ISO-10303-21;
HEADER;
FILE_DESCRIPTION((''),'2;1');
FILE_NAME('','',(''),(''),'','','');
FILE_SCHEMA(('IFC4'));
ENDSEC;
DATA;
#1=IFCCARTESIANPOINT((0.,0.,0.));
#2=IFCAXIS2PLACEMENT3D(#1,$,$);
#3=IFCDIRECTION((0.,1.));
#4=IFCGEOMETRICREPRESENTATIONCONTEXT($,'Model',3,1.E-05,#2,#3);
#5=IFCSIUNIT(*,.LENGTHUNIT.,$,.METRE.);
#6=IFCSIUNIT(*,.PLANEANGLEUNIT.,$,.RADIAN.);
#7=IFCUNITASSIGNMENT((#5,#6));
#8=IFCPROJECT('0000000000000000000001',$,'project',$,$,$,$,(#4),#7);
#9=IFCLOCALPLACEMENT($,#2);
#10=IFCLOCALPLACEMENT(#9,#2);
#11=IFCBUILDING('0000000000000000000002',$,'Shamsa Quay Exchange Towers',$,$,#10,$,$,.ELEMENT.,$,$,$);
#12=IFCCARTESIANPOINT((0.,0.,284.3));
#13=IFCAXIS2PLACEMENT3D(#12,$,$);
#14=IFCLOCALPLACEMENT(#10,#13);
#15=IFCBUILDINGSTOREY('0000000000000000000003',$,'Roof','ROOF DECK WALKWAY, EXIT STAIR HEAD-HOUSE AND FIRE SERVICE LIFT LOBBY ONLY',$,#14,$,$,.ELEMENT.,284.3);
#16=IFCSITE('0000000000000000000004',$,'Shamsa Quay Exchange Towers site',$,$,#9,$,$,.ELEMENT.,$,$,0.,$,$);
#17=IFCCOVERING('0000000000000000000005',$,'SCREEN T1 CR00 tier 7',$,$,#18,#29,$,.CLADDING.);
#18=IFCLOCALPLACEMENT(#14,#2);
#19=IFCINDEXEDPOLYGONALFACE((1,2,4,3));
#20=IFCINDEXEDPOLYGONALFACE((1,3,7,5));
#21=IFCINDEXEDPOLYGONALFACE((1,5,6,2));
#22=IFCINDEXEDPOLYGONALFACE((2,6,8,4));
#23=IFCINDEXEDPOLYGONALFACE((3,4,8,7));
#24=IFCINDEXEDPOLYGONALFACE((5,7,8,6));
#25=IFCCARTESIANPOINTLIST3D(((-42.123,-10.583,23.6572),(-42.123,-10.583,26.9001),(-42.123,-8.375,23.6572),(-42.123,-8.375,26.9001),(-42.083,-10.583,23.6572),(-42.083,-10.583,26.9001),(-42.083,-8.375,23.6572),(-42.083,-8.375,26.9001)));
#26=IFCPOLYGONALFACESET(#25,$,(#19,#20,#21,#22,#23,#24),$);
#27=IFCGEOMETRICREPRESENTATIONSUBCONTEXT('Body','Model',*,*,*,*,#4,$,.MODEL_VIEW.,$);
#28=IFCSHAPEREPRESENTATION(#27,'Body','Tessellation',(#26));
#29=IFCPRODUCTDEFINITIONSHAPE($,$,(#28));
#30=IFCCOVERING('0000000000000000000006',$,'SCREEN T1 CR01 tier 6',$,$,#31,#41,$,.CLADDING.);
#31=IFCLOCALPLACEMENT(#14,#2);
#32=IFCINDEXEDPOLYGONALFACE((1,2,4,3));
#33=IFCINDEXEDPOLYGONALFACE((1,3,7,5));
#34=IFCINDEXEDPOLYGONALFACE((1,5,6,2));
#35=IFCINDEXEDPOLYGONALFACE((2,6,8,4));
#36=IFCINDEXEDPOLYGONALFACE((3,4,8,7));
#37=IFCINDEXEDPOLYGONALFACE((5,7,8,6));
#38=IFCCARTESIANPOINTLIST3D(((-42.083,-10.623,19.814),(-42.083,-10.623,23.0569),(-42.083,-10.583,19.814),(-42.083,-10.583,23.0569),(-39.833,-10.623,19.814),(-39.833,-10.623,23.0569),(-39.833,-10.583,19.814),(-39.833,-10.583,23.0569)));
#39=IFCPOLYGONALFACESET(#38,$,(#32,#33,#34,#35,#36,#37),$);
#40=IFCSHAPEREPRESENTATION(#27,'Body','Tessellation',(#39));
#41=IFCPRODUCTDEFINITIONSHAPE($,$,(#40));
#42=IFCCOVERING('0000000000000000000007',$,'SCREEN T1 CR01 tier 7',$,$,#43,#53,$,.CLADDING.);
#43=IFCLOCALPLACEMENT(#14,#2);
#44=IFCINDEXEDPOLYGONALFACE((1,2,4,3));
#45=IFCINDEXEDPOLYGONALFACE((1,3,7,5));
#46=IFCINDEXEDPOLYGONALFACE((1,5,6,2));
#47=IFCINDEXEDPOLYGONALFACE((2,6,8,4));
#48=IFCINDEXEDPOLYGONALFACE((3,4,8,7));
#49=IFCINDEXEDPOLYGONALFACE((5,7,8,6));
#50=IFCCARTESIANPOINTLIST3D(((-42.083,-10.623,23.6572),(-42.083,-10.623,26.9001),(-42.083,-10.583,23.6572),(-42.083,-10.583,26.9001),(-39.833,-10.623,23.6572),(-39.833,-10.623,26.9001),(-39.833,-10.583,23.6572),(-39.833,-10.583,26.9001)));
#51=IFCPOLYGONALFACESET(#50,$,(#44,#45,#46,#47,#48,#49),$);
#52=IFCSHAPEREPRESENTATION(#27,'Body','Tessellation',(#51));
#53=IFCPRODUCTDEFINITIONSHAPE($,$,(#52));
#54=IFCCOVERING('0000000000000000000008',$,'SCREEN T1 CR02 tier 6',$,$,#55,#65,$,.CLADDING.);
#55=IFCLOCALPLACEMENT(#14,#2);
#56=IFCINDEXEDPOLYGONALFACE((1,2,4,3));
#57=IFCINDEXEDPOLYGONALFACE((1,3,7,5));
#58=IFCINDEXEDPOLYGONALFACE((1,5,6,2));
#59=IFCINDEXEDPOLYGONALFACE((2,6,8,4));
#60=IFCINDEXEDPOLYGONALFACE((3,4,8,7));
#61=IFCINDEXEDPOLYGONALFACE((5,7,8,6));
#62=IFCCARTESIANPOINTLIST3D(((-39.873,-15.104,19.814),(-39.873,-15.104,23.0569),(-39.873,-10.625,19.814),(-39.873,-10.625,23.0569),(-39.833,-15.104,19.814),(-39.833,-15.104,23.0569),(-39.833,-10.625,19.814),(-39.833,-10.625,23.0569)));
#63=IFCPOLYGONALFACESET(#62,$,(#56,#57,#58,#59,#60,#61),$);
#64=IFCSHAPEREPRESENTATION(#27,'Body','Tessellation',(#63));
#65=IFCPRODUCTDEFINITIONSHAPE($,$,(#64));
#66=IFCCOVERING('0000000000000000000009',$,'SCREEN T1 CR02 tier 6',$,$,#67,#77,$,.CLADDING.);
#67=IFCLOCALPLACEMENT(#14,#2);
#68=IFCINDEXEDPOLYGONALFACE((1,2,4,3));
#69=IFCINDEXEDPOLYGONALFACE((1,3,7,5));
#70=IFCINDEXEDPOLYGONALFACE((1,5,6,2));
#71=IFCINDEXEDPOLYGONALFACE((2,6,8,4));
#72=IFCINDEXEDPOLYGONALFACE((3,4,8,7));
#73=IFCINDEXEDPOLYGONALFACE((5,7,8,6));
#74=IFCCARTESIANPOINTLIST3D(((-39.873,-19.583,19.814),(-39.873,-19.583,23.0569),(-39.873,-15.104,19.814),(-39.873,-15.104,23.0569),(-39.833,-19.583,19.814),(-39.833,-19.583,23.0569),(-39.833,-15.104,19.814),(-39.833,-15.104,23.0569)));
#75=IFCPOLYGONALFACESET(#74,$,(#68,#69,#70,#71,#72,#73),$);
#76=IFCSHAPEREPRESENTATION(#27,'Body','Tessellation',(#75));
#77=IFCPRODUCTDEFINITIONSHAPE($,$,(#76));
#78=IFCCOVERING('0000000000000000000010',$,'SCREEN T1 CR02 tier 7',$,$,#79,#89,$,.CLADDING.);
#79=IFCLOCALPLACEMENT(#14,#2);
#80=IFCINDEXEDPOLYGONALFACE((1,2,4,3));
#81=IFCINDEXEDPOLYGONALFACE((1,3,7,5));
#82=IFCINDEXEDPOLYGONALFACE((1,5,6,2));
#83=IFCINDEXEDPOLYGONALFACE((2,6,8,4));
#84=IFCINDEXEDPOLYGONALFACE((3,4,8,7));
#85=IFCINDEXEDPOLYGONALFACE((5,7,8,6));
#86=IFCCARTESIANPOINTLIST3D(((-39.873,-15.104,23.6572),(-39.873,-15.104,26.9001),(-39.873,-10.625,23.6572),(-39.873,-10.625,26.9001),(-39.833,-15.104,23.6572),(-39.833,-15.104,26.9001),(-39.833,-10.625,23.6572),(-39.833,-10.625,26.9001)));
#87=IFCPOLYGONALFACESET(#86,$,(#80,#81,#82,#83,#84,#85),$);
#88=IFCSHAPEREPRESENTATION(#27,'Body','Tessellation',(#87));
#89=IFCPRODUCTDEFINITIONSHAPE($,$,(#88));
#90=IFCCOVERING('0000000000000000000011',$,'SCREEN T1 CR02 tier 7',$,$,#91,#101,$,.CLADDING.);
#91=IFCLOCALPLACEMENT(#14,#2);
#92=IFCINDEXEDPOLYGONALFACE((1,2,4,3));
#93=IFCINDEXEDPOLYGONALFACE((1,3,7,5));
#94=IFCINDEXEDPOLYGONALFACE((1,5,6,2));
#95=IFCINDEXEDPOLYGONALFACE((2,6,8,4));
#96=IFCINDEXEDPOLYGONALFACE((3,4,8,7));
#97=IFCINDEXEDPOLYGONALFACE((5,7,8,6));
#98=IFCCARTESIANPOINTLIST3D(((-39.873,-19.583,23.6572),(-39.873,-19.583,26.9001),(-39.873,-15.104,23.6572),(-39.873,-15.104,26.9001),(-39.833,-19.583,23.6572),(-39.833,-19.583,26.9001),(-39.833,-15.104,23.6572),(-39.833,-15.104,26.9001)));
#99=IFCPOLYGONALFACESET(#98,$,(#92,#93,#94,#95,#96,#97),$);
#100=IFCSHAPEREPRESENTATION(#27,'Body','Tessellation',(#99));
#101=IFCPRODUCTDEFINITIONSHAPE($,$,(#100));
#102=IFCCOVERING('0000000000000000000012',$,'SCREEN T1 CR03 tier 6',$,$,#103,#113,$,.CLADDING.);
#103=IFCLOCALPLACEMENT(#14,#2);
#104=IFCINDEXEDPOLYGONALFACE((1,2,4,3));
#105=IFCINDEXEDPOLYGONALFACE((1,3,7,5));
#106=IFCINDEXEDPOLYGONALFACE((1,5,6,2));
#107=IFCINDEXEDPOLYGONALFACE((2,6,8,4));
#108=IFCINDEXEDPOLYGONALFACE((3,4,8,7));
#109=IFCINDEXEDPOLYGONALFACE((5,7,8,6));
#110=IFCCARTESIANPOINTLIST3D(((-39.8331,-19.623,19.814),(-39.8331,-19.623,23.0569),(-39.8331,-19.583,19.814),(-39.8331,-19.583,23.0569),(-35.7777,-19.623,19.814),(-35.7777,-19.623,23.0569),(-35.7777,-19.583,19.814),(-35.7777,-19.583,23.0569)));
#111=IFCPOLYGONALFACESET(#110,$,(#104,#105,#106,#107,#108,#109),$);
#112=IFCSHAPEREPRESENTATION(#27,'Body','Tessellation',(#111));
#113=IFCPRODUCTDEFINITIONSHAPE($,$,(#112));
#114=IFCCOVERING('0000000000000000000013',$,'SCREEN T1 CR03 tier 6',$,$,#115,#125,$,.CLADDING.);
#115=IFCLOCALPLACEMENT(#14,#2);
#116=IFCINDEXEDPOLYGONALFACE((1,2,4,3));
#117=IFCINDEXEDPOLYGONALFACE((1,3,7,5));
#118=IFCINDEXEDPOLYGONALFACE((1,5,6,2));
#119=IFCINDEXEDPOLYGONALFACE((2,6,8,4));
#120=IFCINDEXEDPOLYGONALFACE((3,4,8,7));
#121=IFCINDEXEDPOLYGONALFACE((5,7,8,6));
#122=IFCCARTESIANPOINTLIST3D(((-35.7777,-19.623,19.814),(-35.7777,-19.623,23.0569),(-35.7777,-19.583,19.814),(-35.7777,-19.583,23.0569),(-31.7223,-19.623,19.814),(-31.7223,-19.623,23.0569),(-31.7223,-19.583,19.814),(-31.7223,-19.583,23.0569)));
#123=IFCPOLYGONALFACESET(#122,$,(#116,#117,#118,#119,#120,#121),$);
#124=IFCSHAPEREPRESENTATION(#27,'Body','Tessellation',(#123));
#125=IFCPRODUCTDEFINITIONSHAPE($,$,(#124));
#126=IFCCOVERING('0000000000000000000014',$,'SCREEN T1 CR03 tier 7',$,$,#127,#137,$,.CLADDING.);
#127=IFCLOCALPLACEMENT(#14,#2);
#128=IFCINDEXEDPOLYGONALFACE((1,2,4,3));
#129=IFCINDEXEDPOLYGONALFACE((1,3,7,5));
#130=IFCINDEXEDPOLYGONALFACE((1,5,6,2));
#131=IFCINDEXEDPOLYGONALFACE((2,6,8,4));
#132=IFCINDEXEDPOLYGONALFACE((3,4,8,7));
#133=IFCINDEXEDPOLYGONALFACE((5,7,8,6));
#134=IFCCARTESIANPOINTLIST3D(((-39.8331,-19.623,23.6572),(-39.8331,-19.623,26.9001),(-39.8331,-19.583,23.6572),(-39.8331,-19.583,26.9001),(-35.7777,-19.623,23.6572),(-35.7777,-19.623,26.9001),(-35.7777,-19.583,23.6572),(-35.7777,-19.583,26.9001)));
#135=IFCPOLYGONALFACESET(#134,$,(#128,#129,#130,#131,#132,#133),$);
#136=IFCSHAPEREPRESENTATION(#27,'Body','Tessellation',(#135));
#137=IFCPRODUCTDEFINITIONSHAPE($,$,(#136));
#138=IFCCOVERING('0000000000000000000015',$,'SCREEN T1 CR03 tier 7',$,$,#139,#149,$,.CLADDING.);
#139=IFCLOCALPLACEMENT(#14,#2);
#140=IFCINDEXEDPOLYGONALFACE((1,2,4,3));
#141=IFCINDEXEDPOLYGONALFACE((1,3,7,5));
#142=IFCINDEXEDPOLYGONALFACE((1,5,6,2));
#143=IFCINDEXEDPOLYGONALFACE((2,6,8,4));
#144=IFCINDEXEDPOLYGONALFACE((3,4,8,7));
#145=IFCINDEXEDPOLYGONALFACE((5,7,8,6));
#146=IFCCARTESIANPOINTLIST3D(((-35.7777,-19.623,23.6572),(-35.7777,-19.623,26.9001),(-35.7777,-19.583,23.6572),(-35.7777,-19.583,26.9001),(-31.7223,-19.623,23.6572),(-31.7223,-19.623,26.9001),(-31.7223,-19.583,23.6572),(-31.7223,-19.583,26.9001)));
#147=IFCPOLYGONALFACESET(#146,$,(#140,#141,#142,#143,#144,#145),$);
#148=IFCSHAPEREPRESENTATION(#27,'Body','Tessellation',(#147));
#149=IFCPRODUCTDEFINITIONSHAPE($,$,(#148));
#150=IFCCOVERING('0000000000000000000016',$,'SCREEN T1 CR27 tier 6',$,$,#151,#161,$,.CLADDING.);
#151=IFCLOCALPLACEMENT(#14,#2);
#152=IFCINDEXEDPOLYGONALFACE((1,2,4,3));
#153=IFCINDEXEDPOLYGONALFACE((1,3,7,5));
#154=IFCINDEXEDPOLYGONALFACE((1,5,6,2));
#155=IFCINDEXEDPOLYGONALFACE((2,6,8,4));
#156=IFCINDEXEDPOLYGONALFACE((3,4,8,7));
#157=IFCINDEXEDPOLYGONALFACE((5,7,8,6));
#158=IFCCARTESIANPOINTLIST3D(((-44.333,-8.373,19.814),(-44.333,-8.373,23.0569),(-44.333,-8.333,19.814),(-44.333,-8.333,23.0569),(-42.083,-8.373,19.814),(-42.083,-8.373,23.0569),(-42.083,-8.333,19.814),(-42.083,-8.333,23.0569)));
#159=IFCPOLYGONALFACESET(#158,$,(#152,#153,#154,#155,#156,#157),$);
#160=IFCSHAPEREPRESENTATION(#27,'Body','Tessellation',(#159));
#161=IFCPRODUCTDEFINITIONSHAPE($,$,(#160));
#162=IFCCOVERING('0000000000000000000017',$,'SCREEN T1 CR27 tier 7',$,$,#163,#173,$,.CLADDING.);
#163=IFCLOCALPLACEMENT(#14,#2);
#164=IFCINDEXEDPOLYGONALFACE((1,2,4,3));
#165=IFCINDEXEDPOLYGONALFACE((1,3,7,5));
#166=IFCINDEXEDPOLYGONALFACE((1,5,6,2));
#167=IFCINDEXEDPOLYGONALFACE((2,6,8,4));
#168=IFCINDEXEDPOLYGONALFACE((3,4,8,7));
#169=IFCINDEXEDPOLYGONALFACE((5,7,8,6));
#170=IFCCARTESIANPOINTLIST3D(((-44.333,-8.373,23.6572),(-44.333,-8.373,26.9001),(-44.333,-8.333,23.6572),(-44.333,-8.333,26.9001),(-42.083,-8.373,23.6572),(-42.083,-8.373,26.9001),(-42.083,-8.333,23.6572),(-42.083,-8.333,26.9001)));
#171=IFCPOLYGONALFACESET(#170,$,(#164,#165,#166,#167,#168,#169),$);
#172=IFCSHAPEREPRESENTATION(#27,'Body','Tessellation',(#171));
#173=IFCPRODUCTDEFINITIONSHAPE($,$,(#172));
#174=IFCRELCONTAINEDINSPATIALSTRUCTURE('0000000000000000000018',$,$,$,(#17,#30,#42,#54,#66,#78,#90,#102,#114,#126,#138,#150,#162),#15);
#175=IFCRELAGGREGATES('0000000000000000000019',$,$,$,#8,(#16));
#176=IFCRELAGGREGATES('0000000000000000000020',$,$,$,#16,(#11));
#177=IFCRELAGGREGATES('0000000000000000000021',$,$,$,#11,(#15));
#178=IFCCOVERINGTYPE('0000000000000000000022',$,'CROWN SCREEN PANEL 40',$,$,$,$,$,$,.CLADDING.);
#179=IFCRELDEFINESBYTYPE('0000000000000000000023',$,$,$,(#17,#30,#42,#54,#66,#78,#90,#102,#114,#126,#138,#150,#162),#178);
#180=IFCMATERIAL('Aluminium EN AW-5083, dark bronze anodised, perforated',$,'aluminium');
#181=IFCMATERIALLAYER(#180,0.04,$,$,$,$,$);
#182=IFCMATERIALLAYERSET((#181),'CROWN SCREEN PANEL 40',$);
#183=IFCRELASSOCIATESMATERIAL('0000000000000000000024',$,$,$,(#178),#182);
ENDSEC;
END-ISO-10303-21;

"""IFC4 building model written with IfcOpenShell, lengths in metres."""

from ifc_helpers import new_model, si_unit, direction, frame, origin, origin_2d, place, context, subcontext, project, spatial, rectangle, extrude, material, layer, layer_set, type_object, element, save


model = new_model("IFC4")

# Units and contexts
model_context = context("Model", 3, precision=1e-05, world=origin(), true_north=direction((0.0, 1.0)))
body_context = subcontext(model_context, "Body", "Model", "MODEL_VIEW")
ifc_project = project(units=[si_unit("LENGTHUNIT", "METRE"), si_unit("PLANEANGLEUNIT", "RADIAN")], contexts=[model_context])

# Site, building, storey
site_placement = place(None, origin())
site = spatial("IfcSite", under=ifc_project, at=site_placement, Name="Shamsa Quay Exchange Towers site", CompositionType="ELEMENT", RefElevation=0.0)
building_placement = place(site_placement, origin())
building = spatial("IfcBuilding", under=site, at=building_placement, Name="Shamsa Quay Exchange Towers", CompositionType="ELEMENT")
storey_placement = place(building_placement, frame((0.0, 0.0, 284.3)))
storey = spatial("IfcBuildingStorey", under=building, at=storey_placement, Name="Roof", Description="ROOF DECK WALKWAY, EXIT STAIR HEAD-HOUSE AND FIRE SERVICE LIFT LOBBY ONLY", CompositionType="ELEMENT", Elevation=284.3)

# Coverings
ifc_material_1 = material(Name="Aluminium EN AW-5083, dark bronze anodised, perforated", Category="aluminium")
ifc_layer = layer(ifc_material_1, 0.04)
ifc_layer_set = layer_set([ifc_layer], Name="CROWN SCREEN PANEL 40")
covering_type = type_object("IfcCoveringType", Name="CROWN SCREEN PANEL 40", PredefinedType="CLADDING", material=ifc_layer_set)
for number, where, z_axis, x_axis, name in (
    (1, (-42.103, -9.479, 23.6572), (0.0, 0.0, 1.0), (0.0, -1.0, 0.0), "SCREEN T1 CR00 tier 7"),
):
    element("IfcCovering", number, at=place(storey_placement, frame(where, z_axis=z_axis, x_axis=x_axis)), inside=storey, type_object=covering_type, Name=name, PredefinedType="CLADDING", context=body_context, shape_type="SweptSolid", body=[
        extrude(rectangle(XDim=2.208, YDim=0.04, at=origin_2d()), origin(), (0.0, 0.0, 1.0), 3.2429),
    ])
for number, where, name in (
    (2, (-40.958, -10.603, 19.814), "SCREEN T1 CR01 tier 6"),
    (3, (-40.958, -10.603, 23.6572), "SCREEN T1 CR01 tier 7"),
):
    element("IfcCovering", number, at=place(storey_placement, frame(where)), inside=storey, type_object=covering_type, Name=name, PredefinedType="CLADDING", context=body_context, shape_type="SweptSolid", body=[
        extrude(rectangle(XDim=2.25, YDim=0.04, at=origin_2d()), origin(), (0.0, 0.0, 1.0), 3.2429),
    ])
for number, where, z_axis, x_axis, name in (
    (4, (-39.853, -12.8645, 19.814), (0.0, 0.0, 1.0), (0.0, -1.0, 0.0), "SCREEN T1 CR02 tier 6"),
    (5, (-39.853, -17.3435, 19.814), (0.0, 0.0, 1.0), (0.0, -1.0, 0.0), "SCREEN T1 CR02 tier 6"),
    (6, (-39.853, -12.8645, 23.6572), (0.0, 0.0, 1.0), (0.0, -1.0, 0.0), "SCREEN T1 CR02 tier 7"),
    (7, (-39.853, -17.3435, 23.6572), (0.0, 0.0, 1.0), (0.0, -1.0, 0.0), "SCREEN T1 CR02 tier 7"),
):
    element("IfcCovering", number, at=place(storey_placement, frame(where, z_axis=z_axis, x_axis=x_axis)), inside=storey, type_object=covering_type, Name=name, PredefinedType="CLADDING", context=body_context, shape_type="SweptSolid", body=[
        extrude(rectangle(XDim=4.479, YDim=0.04, at=origin_2d()), origin(), (0.0, 0.0, 1.0), 3.2429),
    ])
for number, where, name in (
    (8, (-37.8054, -19.603, 19.814), "SCREEN T1 CR03 tier 6"),
    (9, (-33.75, -19.603, 19.814), "SCREEN T1 CR03 tier 6"),
    (10, (-37.8054, -19.603, 23.6572), "SCREEN T1 CR03 tier 7"),
    (11, (-33.75, -19.603, 23.6572), "SCREEN T1 CR03 tier 7"),
):
    element("IfcCovering", number, at=place(storey_placement, frame(where)), inside=storey, type_object=covering_type, Name=name, PredefinedType="CLADDING", context=body_context, shape_type="SweptSolid", body=[
        extrude(rectangle(XDim=4.0554, YDim=0.04, at=origin_2d()), origin(), (0.0, 0.0, 1.0), 3.2429),
    ])
for number, where, name in (
    (12, (-43.208, -8.353, 19.814), "SCREEN T1 CR27 tier 6"),
    (13, (-43.208, -8.353, 23.6572), "SCREEN T1 CR27 tier 7"),
):
    element("IfcCovering", number, at=place(storey_placement, frame(where)), inside=storey, type_object=covering_type, Name=name, PredefinedType="CLADDING", context=body_context, shape_type="SweptSolid", body=[
        extrude(rectangle(XDim=2.25, YDim=0.04, at=origin_2d()), origin(), (0.0, 0.0, 1.0), 3.2429),
    ])

save(model, "model.ifc")
